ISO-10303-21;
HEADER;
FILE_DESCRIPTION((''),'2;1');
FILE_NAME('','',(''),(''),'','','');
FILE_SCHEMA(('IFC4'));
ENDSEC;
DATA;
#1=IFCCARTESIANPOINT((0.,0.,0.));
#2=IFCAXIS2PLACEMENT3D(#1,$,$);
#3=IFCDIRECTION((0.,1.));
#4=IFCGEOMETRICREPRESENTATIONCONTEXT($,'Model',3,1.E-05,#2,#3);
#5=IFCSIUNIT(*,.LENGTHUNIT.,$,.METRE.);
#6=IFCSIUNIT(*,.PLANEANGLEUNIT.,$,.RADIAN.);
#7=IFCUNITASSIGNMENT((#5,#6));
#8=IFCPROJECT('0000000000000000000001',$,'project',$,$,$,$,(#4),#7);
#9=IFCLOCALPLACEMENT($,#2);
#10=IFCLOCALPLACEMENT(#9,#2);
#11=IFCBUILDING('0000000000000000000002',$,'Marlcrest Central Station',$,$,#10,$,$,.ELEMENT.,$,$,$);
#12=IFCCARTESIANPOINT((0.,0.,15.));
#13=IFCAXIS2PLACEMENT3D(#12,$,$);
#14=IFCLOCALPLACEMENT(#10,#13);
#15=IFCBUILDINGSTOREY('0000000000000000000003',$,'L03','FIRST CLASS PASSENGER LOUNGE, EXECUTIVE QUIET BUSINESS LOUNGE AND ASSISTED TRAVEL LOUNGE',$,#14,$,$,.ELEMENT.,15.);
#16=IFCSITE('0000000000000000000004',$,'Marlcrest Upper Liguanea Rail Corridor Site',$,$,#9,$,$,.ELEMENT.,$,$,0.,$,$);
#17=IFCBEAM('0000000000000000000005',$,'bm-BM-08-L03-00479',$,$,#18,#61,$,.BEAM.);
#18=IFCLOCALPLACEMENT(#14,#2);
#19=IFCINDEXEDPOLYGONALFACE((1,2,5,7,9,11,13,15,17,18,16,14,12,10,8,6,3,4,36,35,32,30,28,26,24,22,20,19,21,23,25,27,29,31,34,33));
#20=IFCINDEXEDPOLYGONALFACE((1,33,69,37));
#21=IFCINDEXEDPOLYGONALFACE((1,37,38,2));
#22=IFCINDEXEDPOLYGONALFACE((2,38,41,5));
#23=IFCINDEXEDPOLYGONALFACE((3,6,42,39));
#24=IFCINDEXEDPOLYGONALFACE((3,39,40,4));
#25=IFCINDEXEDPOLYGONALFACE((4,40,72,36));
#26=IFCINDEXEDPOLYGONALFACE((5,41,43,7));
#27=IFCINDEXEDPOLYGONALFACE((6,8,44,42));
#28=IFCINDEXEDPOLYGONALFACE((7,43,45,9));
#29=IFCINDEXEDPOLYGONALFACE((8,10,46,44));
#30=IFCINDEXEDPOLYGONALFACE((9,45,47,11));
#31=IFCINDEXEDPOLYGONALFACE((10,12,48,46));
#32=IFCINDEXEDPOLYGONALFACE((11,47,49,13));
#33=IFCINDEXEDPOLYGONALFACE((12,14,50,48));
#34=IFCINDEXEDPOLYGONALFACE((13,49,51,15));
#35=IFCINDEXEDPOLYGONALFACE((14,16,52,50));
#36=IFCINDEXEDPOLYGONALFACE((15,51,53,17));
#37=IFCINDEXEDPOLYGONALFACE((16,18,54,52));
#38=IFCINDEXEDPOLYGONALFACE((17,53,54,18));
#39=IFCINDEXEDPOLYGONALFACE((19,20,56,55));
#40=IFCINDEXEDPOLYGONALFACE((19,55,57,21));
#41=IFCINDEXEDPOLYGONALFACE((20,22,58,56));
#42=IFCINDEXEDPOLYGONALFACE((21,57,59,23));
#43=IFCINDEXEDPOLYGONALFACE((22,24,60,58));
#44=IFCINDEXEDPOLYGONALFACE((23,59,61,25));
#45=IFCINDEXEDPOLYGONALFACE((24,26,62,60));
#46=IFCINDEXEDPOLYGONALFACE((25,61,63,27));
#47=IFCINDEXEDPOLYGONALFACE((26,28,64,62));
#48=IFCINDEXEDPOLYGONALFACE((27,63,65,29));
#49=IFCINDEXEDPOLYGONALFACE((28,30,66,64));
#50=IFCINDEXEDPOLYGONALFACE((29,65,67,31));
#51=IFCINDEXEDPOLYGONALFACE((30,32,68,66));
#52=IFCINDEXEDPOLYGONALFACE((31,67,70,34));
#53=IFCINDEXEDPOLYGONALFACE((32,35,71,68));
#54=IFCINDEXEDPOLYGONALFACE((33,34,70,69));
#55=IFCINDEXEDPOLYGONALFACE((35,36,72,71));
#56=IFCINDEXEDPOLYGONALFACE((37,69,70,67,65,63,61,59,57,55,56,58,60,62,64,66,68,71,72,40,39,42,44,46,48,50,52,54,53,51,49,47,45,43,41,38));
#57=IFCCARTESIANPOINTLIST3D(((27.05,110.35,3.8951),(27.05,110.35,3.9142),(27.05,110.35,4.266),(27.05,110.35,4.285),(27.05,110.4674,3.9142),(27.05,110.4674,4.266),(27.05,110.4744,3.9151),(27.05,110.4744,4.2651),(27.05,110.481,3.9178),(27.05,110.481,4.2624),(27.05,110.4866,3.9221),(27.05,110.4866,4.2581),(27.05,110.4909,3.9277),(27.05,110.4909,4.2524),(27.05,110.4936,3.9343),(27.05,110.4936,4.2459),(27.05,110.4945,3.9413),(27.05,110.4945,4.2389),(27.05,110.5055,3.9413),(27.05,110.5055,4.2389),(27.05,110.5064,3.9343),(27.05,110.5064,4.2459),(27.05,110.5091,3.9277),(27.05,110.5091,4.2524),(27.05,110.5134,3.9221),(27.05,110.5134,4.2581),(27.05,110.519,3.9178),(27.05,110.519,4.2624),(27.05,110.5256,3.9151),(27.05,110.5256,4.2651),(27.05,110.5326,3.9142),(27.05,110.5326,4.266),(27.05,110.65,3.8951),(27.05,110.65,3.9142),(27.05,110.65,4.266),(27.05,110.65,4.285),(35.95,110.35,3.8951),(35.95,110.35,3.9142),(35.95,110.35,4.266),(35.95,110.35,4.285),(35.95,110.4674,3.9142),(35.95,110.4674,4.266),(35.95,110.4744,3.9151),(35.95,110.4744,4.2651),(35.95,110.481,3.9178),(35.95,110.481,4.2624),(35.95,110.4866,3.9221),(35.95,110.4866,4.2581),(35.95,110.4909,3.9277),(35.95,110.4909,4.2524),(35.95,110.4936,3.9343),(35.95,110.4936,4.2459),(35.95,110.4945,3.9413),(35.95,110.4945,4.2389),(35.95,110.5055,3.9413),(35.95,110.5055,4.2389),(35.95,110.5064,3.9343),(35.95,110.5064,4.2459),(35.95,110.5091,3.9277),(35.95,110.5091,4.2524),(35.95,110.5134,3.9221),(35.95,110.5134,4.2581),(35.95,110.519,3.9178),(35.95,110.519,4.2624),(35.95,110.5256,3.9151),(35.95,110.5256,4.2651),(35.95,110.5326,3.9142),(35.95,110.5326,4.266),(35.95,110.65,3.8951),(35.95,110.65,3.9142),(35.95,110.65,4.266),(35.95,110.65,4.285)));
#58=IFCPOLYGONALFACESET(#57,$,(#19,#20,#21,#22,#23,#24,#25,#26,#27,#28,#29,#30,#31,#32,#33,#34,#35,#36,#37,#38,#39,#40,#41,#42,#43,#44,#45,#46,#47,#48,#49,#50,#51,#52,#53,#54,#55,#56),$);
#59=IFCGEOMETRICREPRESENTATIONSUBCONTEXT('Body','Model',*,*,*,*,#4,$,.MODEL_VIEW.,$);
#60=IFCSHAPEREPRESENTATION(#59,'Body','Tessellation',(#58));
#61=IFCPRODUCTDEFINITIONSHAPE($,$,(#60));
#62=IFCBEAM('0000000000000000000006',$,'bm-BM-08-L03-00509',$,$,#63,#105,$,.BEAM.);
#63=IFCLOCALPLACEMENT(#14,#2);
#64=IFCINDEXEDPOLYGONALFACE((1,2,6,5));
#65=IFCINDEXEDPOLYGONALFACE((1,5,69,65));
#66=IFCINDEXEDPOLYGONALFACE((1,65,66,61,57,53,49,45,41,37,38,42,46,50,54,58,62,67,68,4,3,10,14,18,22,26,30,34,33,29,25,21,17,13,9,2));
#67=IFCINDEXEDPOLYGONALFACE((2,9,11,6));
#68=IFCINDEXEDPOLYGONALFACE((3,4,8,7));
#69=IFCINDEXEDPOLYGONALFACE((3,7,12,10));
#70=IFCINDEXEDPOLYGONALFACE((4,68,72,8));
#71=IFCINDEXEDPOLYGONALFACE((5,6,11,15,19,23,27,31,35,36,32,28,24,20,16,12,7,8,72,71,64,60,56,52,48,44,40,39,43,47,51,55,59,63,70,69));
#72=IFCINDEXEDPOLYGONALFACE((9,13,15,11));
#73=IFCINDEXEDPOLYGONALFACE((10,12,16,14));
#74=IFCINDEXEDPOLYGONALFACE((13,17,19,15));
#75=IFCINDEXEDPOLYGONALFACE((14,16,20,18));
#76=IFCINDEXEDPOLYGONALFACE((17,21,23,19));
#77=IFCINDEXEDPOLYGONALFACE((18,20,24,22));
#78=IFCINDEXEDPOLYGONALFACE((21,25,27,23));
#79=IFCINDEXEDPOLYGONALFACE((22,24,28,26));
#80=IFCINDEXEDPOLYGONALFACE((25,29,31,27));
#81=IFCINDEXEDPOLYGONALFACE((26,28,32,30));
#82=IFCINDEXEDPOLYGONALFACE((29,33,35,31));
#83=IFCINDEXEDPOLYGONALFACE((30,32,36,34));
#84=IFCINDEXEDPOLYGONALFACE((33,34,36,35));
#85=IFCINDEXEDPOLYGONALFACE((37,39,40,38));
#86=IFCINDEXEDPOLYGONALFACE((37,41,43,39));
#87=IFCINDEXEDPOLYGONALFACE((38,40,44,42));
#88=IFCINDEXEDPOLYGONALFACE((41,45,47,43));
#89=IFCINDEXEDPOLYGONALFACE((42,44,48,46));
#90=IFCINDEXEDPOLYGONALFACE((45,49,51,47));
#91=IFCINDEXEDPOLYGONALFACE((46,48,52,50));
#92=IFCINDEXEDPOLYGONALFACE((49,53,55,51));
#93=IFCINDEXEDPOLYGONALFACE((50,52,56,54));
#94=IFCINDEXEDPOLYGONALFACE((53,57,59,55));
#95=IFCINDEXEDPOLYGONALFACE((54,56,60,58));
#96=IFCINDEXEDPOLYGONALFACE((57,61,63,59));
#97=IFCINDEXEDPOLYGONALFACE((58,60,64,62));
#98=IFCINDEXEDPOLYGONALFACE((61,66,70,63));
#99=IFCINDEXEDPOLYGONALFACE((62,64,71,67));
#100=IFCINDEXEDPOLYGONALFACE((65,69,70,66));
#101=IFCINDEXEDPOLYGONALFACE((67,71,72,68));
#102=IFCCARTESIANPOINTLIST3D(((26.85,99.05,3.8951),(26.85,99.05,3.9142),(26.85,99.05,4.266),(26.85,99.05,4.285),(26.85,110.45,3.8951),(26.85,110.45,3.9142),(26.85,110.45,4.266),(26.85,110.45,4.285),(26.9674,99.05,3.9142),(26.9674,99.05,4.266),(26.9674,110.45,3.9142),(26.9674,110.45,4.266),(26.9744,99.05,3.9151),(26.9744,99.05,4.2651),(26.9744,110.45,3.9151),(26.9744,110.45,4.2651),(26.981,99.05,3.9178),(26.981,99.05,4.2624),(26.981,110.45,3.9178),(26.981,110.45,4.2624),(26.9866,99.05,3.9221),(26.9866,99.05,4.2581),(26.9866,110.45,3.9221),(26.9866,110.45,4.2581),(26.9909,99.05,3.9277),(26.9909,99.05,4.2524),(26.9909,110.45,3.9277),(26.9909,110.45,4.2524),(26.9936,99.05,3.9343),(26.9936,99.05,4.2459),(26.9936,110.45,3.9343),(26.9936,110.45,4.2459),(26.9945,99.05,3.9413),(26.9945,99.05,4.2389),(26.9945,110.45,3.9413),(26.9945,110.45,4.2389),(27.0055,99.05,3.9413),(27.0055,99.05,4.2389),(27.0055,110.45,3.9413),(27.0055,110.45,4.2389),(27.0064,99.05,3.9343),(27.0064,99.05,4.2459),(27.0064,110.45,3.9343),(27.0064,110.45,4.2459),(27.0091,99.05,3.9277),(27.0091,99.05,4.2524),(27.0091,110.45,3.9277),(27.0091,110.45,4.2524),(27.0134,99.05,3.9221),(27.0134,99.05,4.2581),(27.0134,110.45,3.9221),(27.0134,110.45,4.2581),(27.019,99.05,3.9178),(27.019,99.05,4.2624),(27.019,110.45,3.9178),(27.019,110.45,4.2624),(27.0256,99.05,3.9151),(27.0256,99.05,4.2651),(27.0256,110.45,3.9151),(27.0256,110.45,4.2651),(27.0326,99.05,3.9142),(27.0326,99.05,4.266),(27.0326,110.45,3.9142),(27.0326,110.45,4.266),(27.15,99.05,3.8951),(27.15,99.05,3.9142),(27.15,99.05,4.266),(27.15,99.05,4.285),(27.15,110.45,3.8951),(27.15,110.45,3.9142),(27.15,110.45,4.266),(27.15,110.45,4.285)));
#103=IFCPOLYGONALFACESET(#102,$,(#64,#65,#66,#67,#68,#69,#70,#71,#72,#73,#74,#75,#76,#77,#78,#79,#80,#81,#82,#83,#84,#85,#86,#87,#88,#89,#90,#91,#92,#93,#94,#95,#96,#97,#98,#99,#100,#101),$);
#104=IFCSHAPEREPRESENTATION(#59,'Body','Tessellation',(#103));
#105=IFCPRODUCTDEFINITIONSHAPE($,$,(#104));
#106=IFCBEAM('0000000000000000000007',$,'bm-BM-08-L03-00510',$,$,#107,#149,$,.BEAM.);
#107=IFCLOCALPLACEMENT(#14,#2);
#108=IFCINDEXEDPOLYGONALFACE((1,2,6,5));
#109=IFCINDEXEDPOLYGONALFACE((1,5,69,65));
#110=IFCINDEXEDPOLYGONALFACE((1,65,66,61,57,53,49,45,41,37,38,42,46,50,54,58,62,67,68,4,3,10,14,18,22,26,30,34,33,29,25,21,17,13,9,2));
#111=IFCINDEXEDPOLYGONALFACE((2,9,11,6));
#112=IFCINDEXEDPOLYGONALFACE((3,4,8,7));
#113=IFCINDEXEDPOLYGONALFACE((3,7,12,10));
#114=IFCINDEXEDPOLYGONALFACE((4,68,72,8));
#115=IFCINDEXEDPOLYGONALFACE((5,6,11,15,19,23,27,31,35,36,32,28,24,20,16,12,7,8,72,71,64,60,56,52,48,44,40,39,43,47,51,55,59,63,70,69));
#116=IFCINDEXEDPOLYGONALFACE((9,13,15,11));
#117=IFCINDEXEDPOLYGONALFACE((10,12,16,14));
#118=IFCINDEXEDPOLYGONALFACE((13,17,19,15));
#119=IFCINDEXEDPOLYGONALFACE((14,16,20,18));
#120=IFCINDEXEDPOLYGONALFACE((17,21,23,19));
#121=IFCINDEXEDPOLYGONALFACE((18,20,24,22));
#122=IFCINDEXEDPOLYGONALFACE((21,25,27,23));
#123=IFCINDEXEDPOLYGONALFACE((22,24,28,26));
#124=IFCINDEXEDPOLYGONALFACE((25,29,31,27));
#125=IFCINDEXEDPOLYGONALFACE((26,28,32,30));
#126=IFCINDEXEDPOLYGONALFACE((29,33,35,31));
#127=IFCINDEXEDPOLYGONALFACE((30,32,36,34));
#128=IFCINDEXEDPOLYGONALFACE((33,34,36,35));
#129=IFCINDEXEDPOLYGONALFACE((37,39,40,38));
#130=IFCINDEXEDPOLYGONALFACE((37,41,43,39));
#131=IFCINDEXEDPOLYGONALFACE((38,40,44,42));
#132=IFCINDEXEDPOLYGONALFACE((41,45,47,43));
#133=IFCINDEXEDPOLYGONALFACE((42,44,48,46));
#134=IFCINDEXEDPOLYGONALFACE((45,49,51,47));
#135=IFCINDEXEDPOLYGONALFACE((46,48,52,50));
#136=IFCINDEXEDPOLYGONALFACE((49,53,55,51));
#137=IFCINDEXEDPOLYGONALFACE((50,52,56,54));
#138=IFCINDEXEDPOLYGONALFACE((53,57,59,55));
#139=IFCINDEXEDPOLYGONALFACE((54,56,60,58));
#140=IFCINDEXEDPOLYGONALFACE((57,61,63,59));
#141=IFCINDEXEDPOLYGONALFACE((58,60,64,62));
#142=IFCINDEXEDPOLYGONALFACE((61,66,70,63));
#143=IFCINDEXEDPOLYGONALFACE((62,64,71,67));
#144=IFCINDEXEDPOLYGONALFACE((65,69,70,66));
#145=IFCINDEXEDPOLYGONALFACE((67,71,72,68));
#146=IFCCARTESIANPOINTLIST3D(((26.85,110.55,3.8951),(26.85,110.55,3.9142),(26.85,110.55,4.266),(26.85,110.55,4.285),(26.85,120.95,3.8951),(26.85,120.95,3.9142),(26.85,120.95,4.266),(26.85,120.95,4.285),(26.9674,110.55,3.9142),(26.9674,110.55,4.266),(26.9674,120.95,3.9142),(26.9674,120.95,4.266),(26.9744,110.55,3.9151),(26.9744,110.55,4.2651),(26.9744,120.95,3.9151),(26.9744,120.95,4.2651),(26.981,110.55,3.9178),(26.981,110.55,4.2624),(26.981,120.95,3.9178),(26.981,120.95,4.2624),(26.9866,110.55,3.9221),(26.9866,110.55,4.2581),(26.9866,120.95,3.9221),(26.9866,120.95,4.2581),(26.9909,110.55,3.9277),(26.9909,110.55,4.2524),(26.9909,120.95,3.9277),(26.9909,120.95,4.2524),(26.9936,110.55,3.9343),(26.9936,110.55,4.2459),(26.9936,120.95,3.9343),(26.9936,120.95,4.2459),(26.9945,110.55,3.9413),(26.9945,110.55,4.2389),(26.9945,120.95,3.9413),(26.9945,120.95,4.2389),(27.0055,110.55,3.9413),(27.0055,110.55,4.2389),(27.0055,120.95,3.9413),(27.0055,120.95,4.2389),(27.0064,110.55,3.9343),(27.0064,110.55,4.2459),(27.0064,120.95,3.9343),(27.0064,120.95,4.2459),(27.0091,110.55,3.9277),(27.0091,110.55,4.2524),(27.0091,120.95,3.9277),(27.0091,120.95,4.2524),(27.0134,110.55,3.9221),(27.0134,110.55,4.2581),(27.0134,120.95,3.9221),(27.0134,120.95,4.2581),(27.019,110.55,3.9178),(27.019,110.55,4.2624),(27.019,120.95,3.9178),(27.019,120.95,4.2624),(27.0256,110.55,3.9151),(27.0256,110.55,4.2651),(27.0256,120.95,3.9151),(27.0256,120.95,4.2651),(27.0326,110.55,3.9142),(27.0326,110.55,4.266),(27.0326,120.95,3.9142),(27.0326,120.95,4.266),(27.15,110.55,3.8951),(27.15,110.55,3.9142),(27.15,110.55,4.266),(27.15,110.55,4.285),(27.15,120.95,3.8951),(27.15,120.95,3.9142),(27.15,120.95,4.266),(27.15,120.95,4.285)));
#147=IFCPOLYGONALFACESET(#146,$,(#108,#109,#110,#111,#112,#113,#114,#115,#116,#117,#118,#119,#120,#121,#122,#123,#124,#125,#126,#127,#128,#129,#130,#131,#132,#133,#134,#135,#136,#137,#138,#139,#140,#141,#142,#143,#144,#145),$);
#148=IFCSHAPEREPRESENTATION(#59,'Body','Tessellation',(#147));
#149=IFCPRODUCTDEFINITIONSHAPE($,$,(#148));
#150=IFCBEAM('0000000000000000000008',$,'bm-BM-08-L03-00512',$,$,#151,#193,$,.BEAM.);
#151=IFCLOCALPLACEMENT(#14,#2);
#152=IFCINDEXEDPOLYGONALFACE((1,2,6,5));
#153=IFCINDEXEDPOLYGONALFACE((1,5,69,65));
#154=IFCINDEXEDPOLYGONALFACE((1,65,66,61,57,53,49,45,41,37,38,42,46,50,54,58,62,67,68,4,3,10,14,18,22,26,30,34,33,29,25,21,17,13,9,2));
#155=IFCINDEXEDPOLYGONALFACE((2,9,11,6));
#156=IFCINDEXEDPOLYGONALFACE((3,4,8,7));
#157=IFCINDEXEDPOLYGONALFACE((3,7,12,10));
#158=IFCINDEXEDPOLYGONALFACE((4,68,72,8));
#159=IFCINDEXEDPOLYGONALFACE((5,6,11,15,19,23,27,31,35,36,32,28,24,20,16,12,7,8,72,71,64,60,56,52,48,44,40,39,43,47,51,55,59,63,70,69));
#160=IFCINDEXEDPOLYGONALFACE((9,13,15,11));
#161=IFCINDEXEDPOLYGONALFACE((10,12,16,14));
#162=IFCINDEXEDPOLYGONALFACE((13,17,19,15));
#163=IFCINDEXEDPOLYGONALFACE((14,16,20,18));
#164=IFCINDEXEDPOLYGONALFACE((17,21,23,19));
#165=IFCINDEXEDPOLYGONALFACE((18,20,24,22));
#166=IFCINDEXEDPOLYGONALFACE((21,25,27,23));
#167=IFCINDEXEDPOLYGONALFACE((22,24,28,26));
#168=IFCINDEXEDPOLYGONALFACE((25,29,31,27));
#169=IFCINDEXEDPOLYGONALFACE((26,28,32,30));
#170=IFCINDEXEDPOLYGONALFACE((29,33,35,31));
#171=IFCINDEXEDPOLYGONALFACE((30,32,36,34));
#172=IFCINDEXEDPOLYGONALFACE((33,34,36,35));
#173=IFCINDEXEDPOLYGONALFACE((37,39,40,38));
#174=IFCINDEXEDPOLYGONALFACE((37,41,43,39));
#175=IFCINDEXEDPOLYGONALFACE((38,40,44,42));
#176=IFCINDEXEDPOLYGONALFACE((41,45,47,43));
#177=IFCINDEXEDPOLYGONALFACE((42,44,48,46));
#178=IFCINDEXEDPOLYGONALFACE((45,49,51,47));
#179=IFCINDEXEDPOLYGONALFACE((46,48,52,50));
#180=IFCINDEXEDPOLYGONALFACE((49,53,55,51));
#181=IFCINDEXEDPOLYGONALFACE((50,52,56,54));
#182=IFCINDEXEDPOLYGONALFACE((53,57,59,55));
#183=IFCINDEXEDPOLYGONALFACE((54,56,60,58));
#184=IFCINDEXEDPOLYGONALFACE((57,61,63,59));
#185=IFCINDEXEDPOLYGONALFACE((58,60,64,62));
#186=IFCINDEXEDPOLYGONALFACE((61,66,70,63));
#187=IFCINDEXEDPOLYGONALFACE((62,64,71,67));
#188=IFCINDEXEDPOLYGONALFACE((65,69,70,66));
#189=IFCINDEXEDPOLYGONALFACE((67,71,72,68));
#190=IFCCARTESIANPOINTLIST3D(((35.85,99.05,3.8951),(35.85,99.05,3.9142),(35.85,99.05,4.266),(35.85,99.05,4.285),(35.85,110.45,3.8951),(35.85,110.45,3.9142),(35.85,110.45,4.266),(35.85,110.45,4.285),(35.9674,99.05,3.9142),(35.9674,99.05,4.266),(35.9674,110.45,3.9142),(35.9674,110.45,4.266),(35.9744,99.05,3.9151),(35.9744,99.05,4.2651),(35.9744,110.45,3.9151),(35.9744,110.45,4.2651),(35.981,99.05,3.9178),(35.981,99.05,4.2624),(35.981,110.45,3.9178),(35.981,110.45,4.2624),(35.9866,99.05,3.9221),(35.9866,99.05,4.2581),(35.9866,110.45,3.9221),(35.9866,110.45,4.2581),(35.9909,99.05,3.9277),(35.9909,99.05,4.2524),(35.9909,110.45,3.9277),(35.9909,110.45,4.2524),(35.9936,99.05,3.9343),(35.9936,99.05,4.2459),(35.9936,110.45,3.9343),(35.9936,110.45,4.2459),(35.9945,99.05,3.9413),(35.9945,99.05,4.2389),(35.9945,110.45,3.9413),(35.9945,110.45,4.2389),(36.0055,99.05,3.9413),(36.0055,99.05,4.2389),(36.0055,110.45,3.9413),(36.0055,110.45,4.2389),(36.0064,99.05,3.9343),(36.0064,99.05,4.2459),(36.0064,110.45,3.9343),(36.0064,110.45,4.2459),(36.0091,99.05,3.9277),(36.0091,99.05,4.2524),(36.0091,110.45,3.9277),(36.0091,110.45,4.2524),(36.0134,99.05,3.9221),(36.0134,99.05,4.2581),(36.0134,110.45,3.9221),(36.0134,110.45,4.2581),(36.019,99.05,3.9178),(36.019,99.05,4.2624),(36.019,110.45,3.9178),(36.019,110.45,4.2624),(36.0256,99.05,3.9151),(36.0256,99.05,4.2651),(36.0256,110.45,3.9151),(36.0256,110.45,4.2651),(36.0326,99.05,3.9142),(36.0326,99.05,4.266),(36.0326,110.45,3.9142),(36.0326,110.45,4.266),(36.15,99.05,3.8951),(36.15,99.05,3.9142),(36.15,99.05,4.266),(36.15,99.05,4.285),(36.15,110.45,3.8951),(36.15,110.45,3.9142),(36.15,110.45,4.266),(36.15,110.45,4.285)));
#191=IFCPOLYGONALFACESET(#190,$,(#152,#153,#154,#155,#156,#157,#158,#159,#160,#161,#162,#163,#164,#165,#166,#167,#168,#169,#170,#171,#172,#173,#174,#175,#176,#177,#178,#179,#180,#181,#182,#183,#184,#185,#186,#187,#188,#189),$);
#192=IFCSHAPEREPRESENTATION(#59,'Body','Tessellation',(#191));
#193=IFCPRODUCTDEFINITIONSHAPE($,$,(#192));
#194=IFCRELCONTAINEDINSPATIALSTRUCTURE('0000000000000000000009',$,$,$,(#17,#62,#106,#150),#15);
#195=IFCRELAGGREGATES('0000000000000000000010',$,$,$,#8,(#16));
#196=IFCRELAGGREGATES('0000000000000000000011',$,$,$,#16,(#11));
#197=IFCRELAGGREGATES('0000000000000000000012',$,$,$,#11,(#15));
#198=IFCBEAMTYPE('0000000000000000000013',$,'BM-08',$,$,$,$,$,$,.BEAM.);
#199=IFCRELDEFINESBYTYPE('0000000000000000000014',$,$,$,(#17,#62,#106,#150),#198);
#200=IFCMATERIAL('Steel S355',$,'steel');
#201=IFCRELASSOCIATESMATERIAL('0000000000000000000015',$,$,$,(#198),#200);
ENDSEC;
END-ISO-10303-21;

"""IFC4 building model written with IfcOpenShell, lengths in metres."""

from ifc_helpers import new_model, si_unit, direction, frame, origin, origin_2d, place, context, subcontext, project, spatial, i_section, extrude, material, material_profile, profile_set, type_object, element, save


model = new_model("IFC4")

# Units and contexts
model_context = context("Model", 3, precision=1e-05, world=origin(), true_north=direction((0.0, 1.0)))
body_context = subcontext(model_context, "Body", "Model", "MODEL_VIEW")
ifc_project = project(units=[si_unit("LENGTHUNIT", "METRE"), si_unit("PLANEANGLEUNIT", "RADIAN")], contexts=[model_context])

# Site, building, storey
site_placement = place(None, origin())
site = spatial("IfcSite", under=ifc_project, at=site_placement, Name="Marlcrest Upper Liguanea Rail Corridor Site", CompositionType="ELEMENT", RefElevation=0.0)
building_placement = place(site_placement, origin())
building = spatial("IfcBuilding", under=site, at=building_placement, Name="Marlcrest Central Station", CompositionType="ELEMENT")
storey_placement = place(building_placement, frame((0.0, 0.0, 15.0)))
storey = spatial("IfcBuildingStorey", under=building, at=storey_placement, Name="L03", Description="FIRST CLASS PASSENGER LOUNGE, EXECUTIVE QUIET BUSINESS LOUNGE AND ASSISTED TRAVEL LOUNGE", CompositionType="ELEMENT", Elevation=15.0)

# Shared definitions
ifc_material_1 = material(Name="Steel S355", Category="steel")

# Beams
ifc_material_profile_1 = material_profile(ifc_material_1, i_section(OverallWidth=0.3, OverallDepth=0.3899, WebThickness=0.011, FlangeThickness=0.019, FilletRadius=0.0271, at=origin_2d()), Name="HEA 400")
ifc_profile_set_1 = profile_set([ifc_material_profile_1], Name="Steel S355")
beam_type_1 = type_object("IfcBeamType", Name="BM-08", PredefinedType="BEAM", material=ifc_profile_set_1)
beam_1_placement = place(storey_placement, frame((27.05, 110.5, 4.0901), z_axis=(1.0, 0.0, 0.0), x_axis=(0.0, 1.0, 0.0)))
element("IfcBeam", 1, at=beam_1_placement, inside=storey, type_object=beam_type_1, Name="bm-BM-08-L03-00479", PredefinedType="BEAM", context=body_context, shape_type="SweptSolid", body=[
    extrude(i_section(OverallWidth=0.3, OverallDepth=0.3899, WebThickness=0.011, FlangeThickness=0.019, FilletRadius=0.0271, at=origin_2d()), origin(), (0.0, 0.0, 1.0), 8.8999),
])
beam_2_placement = place(storey_placement, frame((27.0, 99.05, 4.0901), z_axis=(0.0, 1.0, 0.0), x_axis=(-1.0, 0.0, 0.0)))
element("IfcBeam", 2, at=beam_2_placement, inside=storey, type_object=beam_type_1, Name="bm-BM-08-L03-00509", PredefinedType="BEAM", context=body_context, shape_type="SweptSolid", body=[
    extrude(i_section(OverallWidth=0.3, OverallDepth=0.3899, WebThickness=0.011, FlangeThickness=0.019, FilletRadius=0.0271, at=origin_2d()), origin(), (0.0, 0.0, 1.0), 11.3999),
])
beam_3_placement = place(storey_placement, frame((27.0, 110.55, 4.0901), z_axis=(0.0, 1.0, 0.0), x_axis=(-1.0, 0.0, 0.0)))
element("IfcBeam", 3, at=beam_3_placement, inside=storey, type_object=beam_type_1, Name="bm-BM-08-L03-00510", PredefinedType="BEAM", context=body_context, shape_type="SweptSolid", body=[
    extrude(i_section(OverallWidth=0.3, OverallDepth=0.3899, WebThickness=0.011, FlangeThickness=0.019, FilletRadius=0.0271, at=origin_2d()), origin(), (0.0, 0.0, 1.0), 10.3999),
])
beam_4_placement = place(storey_placement, frame((36.0, 99.05, 4.0901), z_axis=(0.0, 1.0, 0.0), x_axis=(-1.0, 0.0, 0.0)))
element("IfcBeam", 4, at=beam_4_placement, inside=storey, type_object=beam_type_1, Name="bm-BM-08-L03-00512", PredefinedType="BEAM", context=body_context, shape_type="SweptSolid", body=[
    extrude(i_section(OverallWidth=0.3, OverallDepth=0.3899, WebThickness=0.011, FlangeThickness=0.019, FilletRadius=0.0271, at=origin_2d()), origin(), (0.0, 0.0, 1.0), 11.3999),
])

save(model, "model.ifc")
